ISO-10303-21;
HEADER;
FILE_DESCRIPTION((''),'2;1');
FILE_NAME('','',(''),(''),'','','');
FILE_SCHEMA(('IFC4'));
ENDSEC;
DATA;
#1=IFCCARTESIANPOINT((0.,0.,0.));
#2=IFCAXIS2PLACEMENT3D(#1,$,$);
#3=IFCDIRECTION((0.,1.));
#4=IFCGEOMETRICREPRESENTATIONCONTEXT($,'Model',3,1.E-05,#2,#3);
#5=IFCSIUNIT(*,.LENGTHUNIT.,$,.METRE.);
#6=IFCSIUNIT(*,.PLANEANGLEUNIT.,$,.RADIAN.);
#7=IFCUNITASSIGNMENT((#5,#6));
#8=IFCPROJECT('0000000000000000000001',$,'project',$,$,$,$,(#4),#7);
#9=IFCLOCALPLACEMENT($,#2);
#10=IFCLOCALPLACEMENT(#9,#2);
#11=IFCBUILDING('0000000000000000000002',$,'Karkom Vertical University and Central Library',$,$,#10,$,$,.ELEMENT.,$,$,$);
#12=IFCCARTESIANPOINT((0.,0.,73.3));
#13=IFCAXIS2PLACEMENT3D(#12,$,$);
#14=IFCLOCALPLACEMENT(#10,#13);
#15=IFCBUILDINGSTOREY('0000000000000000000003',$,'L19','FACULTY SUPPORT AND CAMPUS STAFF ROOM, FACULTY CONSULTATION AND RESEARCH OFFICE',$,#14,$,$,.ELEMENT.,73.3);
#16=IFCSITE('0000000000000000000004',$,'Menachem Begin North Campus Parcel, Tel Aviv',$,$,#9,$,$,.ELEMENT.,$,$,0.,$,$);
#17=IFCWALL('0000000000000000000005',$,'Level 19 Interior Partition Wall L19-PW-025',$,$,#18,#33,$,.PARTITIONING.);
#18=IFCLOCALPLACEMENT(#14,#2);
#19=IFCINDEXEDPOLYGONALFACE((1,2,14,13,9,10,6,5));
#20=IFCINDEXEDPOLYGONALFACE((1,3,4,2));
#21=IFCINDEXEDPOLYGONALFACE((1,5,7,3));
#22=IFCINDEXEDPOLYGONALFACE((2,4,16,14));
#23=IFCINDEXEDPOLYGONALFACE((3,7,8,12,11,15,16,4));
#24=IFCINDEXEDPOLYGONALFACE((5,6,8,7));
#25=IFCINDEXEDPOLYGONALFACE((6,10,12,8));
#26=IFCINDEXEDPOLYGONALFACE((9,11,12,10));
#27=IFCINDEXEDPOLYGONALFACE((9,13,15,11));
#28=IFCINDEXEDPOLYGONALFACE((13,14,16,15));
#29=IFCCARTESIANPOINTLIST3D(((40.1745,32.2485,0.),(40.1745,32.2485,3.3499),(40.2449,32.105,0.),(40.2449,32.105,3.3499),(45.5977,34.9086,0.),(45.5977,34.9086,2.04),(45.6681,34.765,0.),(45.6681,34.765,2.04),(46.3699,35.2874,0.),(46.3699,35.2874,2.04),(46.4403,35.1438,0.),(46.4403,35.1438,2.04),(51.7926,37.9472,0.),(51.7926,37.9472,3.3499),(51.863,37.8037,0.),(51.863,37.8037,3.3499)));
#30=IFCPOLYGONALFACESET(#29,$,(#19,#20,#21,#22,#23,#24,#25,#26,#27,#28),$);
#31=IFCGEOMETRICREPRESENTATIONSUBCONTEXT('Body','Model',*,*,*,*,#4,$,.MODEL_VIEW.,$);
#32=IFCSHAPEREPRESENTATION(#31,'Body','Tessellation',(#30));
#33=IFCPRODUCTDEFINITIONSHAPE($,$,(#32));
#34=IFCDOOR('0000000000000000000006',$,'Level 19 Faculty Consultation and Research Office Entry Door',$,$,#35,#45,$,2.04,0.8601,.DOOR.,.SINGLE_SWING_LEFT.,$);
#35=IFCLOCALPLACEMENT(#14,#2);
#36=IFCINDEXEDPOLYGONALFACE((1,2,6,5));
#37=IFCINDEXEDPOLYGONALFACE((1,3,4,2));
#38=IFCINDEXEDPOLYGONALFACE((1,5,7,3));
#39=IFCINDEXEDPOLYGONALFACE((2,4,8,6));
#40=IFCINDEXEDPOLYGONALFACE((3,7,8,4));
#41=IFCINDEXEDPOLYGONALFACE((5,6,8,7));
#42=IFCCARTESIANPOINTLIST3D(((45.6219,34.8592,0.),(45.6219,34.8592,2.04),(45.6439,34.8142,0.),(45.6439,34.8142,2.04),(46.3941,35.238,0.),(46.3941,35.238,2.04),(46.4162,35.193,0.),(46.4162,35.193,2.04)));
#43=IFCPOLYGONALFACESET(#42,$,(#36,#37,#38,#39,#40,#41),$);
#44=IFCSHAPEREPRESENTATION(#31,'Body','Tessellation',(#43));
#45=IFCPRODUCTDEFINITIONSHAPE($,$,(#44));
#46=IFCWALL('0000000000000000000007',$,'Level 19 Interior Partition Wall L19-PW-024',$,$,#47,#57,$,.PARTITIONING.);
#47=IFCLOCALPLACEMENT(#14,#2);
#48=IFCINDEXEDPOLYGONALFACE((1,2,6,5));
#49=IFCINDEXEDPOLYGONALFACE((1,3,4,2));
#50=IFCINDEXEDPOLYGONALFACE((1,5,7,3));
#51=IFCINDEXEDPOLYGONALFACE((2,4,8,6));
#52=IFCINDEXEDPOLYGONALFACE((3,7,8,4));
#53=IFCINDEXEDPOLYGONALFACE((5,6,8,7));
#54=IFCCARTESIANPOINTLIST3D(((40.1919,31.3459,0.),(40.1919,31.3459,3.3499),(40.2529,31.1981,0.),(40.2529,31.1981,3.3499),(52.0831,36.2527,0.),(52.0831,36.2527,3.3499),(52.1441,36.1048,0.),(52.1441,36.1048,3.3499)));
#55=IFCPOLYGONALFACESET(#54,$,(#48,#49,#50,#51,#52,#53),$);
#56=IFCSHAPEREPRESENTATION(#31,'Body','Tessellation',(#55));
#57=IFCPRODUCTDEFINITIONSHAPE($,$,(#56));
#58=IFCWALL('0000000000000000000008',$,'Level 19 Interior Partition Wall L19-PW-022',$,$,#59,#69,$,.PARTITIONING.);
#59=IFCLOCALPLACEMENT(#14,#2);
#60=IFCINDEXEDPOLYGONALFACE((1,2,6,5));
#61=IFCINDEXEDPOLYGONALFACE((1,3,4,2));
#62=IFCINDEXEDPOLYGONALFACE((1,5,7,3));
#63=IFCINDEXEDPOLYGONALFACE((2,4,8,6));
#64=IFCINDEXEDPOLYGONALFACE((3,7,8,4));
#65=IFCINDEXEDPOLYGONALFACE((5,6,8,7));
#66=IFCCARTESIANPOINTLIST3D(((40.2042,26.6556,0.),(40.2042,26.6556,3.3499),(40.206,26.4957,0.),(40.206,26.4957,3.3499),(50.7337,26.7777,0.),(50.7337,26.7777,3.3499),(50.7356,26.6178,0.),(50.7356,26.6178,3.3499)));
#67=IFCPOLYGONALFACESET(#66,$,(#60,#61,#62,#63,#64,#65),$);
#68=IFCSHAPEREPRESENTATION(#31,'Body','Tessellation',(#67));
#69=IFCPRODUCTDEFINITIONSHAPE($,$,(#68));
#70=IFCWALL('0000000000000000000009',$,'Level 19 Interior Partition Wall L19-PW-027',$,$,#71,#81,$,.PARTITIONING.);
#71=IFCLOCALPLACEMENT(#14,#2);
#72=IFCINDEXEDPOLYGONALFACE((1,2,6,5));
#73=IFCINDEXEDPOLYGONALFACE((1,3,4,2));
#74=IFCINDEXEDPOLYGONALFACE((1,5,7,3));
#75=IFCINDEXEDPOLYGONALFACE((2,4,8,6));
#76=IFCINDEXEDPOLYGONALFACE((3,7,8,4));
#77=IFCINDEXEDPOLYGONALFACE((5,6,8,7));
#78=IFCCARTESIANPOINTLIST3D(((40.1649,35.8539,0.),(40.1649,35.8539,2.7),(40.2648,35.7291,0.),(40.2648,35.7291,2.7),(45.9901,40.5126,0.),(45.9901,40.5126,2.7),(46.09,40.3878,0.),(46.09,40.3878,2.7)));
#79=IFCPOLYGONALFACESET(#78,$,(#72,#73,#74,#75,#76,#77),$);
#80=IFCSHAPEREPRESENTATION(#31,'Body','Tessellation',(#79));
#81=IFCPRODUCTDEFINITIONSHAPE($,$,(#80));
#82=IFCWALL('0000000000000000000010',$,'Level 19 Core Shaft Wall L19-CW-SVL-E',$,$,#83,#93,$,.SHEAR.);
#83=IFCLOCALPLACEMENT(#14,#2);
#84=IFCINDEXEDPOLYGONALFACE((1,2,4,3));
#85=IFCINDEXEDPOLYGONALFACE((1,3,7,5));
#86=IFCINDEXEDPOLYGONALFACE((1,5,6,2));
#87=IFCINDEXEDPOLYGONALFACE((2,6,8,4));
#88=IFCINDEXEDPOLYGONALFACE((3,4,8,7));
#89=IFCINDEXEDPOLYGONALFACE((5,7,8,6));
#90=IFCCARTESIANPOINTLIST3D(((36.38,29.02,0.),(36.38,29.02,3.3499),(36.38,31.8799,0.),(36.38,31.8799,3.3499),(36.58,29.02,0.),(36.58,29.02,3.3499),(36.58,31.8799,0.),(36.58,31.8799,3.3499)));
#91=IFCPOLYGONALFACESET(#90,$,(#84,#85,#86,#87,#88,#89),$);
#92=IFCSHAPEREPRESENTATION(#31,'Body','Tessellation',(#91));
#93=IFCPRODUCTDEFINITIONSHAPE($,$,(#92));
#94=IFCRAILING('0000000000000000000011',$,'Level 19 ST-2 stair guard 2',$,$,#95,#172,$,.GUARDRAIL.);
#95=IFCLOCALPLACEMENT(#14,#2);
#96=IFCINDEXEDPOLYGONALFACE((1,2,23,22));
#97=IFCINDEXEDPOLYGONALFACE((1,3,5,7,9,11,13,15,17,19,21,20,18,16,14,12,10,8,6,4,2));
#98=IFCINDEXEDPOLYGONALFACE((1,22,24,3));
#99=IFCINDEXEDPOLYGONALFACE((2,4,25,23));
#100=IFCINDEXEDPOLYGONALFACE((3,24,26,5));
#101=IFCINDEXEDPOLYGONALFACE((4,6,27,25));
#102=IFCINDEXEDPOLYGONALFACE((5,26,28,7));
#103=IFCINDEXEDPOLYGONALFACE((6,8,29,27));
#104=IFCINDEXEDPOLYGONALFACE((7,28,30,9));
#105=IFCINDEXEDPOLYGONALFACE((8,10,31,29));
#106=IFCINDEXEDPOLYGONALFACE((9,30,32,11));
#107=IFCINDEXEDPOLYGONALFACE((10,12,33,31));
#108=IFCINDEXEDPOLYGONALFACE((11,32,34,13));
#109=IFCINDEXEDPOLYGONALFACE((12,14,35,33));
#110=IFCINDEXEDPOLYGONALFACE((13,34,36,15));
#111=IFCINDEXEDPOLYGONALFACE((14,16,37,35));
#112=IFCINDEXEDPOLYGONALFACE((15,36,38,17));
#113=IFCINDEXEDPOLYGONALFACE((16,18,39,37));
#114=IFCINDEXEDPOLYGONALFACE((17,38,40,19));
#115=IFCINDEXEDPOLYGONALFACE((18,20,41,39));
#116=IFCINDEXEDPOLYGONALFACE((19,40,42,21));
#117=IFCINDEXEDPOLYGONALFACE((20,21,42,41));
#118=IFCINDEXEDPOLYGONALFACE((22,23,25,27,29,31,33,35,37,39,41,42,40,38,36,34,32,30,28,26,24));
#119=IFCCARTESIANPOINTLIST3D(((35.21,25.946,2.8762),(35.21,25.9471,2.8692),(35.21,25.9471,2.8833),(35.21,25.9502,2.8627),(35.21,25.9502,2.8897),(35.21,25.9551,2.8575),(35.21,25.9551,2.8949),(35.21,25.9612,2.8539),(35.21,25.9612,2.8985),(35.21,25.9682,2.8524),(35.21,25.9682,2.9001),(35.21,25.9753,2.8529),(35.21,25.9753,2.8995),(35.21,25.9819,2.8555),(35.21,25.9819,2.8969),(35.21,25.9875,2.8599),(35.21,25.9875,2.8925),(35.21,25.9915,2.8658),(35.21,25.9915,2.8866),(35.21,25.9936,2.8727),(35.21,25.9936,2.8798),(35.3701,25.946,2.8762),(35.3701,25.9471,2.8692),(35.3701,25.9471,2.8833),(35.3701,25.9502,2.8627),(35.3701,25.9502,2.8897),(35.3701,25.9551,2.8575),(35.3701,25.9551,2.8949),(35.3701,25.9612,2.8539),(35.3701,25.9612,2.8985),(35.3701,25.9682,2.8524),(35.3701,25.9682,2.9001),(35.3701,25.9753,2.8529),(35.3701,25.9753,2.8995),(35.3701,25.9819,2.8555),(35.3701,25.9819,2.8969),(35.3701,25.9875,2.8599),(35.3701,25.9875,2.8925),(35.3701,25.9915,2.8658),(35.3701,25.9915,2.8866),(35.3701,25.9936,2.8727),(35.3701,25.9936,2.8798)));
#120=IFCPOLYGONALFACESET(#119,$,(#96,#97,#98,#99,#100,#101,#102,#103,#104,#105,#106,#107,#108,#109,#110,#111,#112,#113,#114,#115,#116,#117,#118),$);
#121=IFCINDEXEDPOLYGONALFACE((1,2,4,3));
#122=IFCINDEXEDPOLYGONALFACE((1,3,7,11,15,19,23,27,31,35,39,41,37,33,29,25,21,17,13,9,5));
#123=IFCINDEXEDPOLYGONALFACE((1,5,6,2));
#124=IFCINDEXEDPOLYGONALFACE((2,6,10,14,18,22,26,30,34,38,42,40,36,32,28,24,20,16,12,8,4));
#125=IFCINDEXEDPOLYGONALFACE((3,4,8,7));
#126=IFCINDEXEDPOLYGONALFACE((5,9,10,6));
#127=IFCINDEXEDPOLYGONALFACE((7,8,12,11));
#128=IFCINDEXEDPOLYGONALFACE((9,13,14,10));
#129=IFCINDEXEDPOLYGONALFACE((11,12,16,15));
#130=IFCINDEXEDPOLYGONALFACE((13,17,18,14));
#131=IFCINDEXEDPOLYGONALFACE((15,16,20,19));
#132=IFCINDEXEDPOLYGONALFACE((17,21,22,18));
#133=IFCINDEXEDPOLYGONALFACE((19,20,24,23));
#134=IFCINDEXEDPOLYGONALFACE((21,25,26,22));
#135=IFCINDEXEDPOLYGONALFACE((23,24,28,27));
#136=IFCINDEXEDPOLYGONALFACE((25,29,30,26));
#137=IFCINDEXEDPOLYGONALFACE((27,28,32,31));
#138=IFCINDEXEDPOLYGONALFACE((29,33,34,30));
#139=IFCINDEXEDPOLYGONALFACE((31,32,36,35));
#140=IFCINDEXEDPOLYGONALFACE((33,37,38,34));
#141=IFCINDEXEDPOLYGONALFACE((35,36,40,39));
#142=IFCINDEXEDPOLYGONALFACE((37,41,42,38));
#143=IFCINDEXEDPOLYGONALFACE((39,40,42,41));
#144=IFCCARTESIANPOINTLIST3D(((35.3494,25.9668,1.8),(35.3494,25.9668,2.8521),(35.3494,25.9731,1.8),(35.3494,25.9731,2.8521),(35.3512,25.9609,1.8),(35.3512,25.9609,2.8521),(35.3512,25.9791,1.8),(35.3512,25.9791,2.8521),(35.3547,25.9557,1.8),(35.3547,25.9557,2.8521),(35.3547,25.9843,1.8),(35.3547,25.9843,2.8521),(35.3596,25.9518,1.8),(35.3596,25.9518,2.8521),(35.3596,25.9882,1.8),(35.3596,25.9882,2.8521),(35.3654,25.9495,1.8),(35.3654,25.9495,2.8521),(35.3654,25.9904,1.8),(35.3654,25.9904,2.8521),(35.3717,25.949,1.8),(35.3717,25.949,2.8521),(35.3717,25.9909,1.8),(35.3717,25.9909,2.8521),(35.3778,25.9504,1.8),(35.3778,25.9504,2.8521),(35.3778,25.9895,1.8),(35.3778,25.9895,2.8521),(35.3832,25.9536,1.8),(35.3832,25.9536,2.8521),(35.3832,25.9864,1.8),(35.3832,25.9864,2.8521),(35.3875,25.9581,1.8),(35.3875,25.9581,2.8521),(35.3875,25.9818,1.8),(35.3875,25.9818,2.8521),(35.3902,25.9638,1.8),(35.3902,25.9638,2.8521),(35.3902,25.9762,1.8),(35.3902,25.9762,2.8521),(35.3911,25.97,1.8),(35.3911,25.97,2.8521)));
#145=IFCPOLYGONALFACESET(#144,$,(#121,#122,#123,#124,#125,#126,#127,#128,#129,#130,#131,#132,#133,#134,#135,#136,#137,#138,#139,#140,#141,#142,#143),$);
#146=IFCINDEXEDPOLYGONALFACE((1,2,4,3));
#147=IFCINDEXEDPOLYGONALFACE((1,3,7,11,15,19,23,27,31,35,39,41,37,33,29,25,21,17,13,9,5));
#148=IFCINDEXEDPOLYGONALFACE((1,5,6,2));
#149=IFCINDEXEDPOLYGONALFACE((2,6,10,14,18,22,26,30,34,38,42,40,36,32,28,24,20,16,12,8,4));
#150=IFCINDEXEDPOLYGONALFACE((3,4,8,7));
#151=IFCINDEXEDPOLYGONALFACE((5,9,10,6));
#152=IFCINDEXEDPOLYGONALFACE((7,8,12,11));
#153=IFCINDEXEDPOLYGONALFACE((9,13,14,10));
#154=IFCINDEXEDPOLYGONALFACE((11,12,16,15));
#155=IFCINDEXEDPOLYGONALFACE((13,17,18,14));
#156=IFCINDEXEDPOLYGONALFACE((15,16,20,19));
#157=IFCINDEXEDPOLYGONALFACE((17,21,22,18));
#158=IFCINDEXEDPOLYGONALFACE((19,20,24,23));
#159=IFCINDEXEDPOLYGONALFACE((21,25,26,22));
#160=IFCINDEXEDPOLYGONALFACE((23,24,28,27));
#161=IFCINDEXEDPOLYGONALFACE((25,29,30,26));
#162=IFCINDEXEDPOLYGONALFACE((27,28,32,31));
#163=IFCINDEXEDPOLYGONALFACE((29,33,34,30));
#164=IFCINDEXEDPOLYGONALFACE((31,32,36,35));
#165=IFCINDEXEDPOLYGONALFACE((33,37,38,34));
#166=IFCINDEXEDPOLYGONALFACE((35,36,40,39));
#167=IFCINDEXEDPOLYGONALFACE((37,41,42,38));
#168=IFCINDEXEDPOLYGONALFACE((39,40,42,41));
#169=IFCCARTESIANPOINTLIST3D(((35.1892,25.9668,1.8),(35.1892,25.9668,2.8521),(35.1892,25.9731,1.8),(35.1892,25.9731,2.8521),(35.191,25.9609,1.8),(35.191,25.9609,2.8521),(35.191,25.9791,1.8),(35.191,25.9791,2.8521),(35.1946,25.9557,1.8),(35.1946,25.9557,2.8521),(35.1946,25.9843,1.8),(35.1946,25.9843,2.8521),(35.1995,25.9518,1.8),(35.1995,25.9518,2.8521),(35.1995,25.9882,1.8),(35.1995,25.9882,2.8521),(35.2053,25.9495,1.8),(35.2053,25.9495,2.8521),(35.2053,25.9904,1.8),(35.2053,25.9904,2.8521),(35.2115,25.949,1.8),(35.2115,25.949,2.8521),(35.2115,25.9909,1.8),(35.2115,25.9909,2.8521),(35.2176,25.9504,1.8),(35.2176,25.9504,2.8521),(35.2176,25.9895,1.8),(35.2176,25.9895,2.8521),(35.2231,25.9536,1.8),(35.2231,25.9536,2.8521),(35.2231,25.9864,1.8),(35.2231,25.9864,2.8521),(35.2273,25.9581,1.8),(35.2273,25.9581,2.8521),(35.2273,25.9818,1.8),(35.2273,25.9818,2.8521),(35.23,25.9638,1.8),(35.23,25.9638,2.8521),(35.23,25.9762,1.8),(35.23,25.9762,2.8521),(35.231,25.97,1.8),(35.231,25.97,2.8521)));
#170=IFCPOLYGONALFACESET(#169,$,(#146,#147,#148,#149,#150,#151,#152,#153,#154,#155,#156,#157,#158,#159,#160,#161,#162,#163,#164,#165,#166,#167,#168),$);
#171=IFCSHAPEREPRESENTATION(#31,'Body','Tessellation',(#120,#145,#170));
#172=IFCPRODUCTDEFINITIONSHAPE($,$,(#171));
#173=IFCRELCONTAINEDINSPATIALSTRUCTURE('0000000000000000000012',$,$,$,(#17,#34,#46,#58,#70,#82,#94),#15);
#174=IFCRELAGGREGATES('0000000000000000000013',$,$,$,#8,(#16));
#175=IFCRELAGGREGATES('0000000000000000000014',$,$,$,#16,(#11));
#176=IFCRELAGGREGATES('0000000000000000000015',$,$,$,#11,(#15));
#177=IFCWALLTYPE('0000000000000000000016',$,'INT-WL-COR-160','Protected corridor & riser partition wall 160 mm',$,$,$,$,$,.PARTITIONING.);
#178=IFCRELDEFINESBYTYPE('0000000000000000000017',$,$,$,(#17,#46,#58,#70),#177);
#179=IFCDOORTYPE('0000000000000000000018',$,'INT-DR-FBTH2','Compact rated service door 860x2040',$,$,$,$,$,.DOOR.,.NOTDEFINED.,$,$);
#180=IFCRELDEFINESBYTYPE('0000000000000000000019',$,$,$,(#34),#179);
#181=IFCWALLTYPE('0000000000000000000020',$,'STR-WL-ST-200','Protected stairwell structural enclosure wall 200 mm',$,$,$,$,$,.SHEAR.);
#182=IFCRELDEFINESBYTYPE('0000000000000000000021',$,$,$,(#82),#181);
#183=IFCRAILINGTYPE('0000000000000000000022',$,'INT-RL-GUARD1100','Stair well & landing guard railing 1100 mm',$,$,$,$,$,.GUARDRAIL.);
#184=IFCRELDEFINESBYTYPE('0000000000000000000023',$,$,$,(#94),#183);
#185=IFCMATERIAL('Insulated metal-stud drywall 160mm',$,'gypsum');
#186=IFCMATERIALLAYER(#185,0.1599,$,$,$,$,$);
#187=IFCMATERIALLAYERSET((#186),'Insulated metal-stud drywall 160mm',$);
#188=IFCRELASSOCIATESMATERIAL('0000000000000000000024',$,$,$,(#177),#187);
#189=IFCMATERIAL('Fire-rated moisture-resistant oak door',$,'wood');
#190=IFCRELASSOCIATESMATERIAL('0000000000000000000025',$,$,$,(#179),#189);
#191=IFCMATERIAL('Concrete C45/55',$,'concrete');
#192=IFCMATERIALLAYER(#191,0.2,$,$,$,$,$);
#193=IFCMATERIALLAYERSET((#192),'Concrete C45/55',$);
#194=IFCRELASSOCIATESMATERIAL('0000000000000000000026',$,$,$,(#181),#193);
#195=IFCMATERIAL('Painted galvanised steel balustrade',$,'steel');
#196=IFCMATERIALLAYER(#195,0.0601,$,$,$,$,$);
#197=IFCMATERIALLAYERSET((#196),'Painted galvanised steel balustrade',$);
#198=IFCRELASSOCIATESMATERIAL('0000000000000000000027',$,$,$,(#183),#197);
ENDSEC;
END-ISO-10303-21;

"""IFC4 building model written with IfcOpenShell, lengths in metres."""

from ifc_helpers import new_model, si_unit, direction, frame, frame_2d, origin, origin_with_axes, origin_2d, place, context, subcontext, project, spatial, rectangle, circle, extrude, source, transform, mapped, material, layer, layer_set, type_object, element, fill, save


model = new_model("IFC4")

# Units and contexts
model_context = context("Model", 3, precision=1e-05, world=origin(), true_north=direction((0.0, 1.0)))
body_context = subcontext(model_context, "Body", "Model", "MODEL_VIEW")
ifc_project = project(units=[si_unit("LENGTHUNIT", "METRE"), si_unit("PLANEANGLEUNIT", "RADIAN")], contexts=[model_context])

# Site, building, storey
site_placement = place(None, origin())
site = spatial("IfcSite", under=ifc_project, at=site_placement, Name="Menachem Begin North Campus Parcel, Tel Aviv", CompositionType="ELEMENT", RefElevation=0.0)
building_placement = place(site_placement, origin())
building = spatial("IfcBuilding", under=site, at=building_placement, Name="Karkom Vertical University and Central Library", CompositionType="ELEMENT")
storey_placement = place(building_placement, frame((0.0, 0.0, 73.3)))
storey = spatial("IfcBuildingStorey", under=building, at=storey_placement, Name="L19", Description="FACULTY SUPPORT AND CAMPUS STAFF ROOM, FACULTY CONSULTATION AND RESEARCH OFFICE", CompositionType="ELEMENT", Elevation=73.3)

# Shared definitions
ifc_material_1 = material(Name="Insulated metal-stud drywall 160mm", Category="gypsum")
ifc_layer_1 = layer(ifc_material_1, 0.1599)
ifc_layer_set_1 = layer_set([ifc_layer_1], Name="Insulated metal-stud drywall 160mm")
wall_type_1 = type_object("IfcWallType", Name="INT-WL-COR-160", Description="Protected corridor & riser partition wall 160 mm", PredefinedType="PARTITIONING", material=ifc_layer_set_1)

# Wall, opening, door
wall_1_placement = place(storey_placement, frame((40.2097, 32.1768, 0.0), z_axis=(0.0, 0.0, 1.0), x_axis=(0.897812, 0.440379, 0.0)))
wall_1 = element("IfcWall", 1, at=wall_1_placement, inside=storey, type_object=wall_type_1, Name="Level 19 Interior Partition Wall L19-PW-025", PredefinedType="PARTITIONING", context=body_context, shape_type="SweptSolid", body=[
    extrude(rectangle(XDim=12.9404, YDim=0.1599, at=frame_2d((6.4702, 0.0))), origin(), (0.0, 0.0, 1.0), 3.3499),
])
opening_1_placement = place(wall_1_placement, frame((6.0403, 0.0, 0.0)))
opening_1 = element("IfcOpeningElement", 2, at=opening_1_placement, cuts=wall_1, PredefinedType="OPENING", context=body_context, shape_type="SweptSolid", body=[
    extrude(rectangle(XDim=0.8601, YDim=2.04, at=frame_2d((0.4302, 1.02))), frame((0.0, 0.0898, 0.0), z_axis=(0.0, -1.0, 0.0), x_axis=(1.0, 0.0, 0.0)), (0.0, 0.0, 1.0), 0.1799),
])
ifc_material_2 = material(Name="Fire-rated moisture-resistant oak door", Category="wood")
door_type_1 = type_object("IfcDoorType", Name="INT-DR-FBTH2", Description="Compact rated service door 860x2040", OperationType="NOTDEFINED", PredefinedType="DOOR", material=ifc_material_2)
shared_shape_1 = source(origin_with_axes(), body_context, "Body", "SweptSolid", [
    extrude(rectangle(XDim=0.8601, YDim=2.04, at=frame_2d((0.4302, 1.02))), frame((0.0, 0.0249, 0.0), z_axis=(0.0, -1.0, 0.0), x_axis=(1.0, 0.0, 0.0)), (0.0, 0.0, 1.0), 0.05),
])
door_1_placement = place(opening_1_placement, origin())
door_1 = element("IfcDoor", 3, at=door_1_placement, inside=storey, type_object=door_type_1, Name="Level 19 Faculty Consultation and Research Office Entry Door", OperationType="SINGLE_SWING_LEFT", OverallHeight=2.04, OverallWidth=0.8601, PredefinedType="DOOR", context=body_context, shape_type="MappedRepresentation", body=[
    mapped(shared_shape_1, transform((0.0, 0.0, 0.0), scale=1.0)),
])
fill(opening_1, door_1)

# Walls
wall_2_placement = place(storey_placement, frame((40.2224, 31.272, 0.0), z_axis=(0.0, 0.0, 1.0), x_axis=(0.924393, 0.381441, 0.0)))
element("IfcWall", 4, at=wall_2_placement, inside=storey, type_object=wall_type_1, Name="Level 19 Interior Partition Wall L19-PW-024", PredefinedType="PARTITIONING", context=body_context, shape_type="SweptSolid", body=[
    extrude(rectangle(XDim=12.8638, YDim=0.1599, at=frame_2d((6.4319, 0.0))), origin(), (0.0, 0.0, 1.0), 3.3499),
])
wall_3_placement = place(storey_placement, frame((40.2051, 26.5757, 0.0), z_axis=(0.0, 0.0, 1.0), x_axis=(0.999933, 0.011592, 0.0)))
element("IfcWall", 5, at=wall_3_placement, inside=storey, type_object=wall_type_1, Name="Level 19 Interior Partition Wall L19-PW-022", PredefinedType="PARTITIONING", context=body_context, shape_type="SweptSolid", body=[
    extrude(rectangle(XDim=10.5303, YDim=0.1599, at=frame_2d((5.2651, 0.0))), origin(), (0.0, 0.0, 1.0), 3.3499),
])
wall_4_placement = place(storey_placement, frame((40.2148, 35.7915, 0.0), z_axis=(0.0, 0.0, 1.0), x_axis=(0.780965, 0.624575, 0.0)))
element("IfcWall", 6, at=wall_4_placement, inside=storey, type_object=wall_type_1, Name="Level 19 Interior Partition Wall L19-PW-027", PredefinedType="PARTITIONING", context=body_context, shape_type="SweptSolid", body=[
    extrude(rectangle(XDim=7.459, YDim=0.1599, at=frame_2d((3.7295, 0.0))), origin(), (0.0, 0.0, 1.0), 2.7),
])

# Wall
ifc_material_3 = material(Name="Concrete C45/55", Category="concrete")
ifc_layer_2 = layer(ifc_material_3, 0.2)
ifc_layer_set_2 = layer_set([ifc_layer_2], Name="Concrete C45/55")
wall_type_2 = type_object("IfcWallType", Name="STR-WL-ST-200", Description="Protected stairwell structural enclosure wall 200 mm", PredefinedType="SHEAR", material=ifc_layer_set_2)
wall_5_placement = place(storey_placement, frame((36.48, 29.02, 0.0), z_axis=(0.0, 0.0, 1.0), x_axis=(0.0, 1.0, 0.0)))
element("IfcWall", 7, at=wall_5_placement, inside=storey, type_object=wall_type_2, Name="Level 19 Core Shaft Wall L19-CW-SVL-E", PredefinedType="SHEAR", context=body_context, shape_type="SweptSolid", body=[
    extrude(rectangle(XDim=2.8599, YDim=0.2, at=frame_2d((1.4299, 0.0))), origin(), (0.0, 0.0, 1.0), 3.3499),
])

# Railing
ifc_material_4 = material(Name="Painted galvanised steel balustrade", Category="steel")
ifc_layer_3 = layer(ifc_material_4, 0.0601)
ifc_layer_set_3 = layer_set([ifc_layer_3], Name="Painted galvanised steel balustrade")
railing_type = type_object("IfcRailingType", Name="INT-RL-GUARD1100", Description="Stair well & landing guard railing 1100 mm", PredefinedType="GUARDRAIL", material=ifc_layer_set_3)
railing_1_placement = place(storey_placement, frame((35.3701, 25.97, 1.8)))
element("IfcRailing", 8, at=railing_1_placement, inside=storey, type_object=railing_type, Name="Level 19 ST-2 stair guard 2", PredefinedType="GUARDRAIL", context=body_context, shape_type="SweptSolid", body=[
    extrude(circle(Radius=0.0239, at=origin_2d()), frame((0.0, 0.0, 1.0762), z_axis=(-1.0, 0.0, 0.0), x_axis=(0.0, -1.0, 0.0)), (0.0, 0.0, 1.0), 0.1602),
    extrude(circle(Radius=0.021, at=origin_2d()), origin(), (0.0, 0.0, 1.0), 1.052),
    extrude(circle(Radius=0.021, at=origin_2d()), frame((-0.1602, 0.0, 0.0)), (0.0, 0.0, 1.0), 1.052),
])

save(model, "model.ifc")
